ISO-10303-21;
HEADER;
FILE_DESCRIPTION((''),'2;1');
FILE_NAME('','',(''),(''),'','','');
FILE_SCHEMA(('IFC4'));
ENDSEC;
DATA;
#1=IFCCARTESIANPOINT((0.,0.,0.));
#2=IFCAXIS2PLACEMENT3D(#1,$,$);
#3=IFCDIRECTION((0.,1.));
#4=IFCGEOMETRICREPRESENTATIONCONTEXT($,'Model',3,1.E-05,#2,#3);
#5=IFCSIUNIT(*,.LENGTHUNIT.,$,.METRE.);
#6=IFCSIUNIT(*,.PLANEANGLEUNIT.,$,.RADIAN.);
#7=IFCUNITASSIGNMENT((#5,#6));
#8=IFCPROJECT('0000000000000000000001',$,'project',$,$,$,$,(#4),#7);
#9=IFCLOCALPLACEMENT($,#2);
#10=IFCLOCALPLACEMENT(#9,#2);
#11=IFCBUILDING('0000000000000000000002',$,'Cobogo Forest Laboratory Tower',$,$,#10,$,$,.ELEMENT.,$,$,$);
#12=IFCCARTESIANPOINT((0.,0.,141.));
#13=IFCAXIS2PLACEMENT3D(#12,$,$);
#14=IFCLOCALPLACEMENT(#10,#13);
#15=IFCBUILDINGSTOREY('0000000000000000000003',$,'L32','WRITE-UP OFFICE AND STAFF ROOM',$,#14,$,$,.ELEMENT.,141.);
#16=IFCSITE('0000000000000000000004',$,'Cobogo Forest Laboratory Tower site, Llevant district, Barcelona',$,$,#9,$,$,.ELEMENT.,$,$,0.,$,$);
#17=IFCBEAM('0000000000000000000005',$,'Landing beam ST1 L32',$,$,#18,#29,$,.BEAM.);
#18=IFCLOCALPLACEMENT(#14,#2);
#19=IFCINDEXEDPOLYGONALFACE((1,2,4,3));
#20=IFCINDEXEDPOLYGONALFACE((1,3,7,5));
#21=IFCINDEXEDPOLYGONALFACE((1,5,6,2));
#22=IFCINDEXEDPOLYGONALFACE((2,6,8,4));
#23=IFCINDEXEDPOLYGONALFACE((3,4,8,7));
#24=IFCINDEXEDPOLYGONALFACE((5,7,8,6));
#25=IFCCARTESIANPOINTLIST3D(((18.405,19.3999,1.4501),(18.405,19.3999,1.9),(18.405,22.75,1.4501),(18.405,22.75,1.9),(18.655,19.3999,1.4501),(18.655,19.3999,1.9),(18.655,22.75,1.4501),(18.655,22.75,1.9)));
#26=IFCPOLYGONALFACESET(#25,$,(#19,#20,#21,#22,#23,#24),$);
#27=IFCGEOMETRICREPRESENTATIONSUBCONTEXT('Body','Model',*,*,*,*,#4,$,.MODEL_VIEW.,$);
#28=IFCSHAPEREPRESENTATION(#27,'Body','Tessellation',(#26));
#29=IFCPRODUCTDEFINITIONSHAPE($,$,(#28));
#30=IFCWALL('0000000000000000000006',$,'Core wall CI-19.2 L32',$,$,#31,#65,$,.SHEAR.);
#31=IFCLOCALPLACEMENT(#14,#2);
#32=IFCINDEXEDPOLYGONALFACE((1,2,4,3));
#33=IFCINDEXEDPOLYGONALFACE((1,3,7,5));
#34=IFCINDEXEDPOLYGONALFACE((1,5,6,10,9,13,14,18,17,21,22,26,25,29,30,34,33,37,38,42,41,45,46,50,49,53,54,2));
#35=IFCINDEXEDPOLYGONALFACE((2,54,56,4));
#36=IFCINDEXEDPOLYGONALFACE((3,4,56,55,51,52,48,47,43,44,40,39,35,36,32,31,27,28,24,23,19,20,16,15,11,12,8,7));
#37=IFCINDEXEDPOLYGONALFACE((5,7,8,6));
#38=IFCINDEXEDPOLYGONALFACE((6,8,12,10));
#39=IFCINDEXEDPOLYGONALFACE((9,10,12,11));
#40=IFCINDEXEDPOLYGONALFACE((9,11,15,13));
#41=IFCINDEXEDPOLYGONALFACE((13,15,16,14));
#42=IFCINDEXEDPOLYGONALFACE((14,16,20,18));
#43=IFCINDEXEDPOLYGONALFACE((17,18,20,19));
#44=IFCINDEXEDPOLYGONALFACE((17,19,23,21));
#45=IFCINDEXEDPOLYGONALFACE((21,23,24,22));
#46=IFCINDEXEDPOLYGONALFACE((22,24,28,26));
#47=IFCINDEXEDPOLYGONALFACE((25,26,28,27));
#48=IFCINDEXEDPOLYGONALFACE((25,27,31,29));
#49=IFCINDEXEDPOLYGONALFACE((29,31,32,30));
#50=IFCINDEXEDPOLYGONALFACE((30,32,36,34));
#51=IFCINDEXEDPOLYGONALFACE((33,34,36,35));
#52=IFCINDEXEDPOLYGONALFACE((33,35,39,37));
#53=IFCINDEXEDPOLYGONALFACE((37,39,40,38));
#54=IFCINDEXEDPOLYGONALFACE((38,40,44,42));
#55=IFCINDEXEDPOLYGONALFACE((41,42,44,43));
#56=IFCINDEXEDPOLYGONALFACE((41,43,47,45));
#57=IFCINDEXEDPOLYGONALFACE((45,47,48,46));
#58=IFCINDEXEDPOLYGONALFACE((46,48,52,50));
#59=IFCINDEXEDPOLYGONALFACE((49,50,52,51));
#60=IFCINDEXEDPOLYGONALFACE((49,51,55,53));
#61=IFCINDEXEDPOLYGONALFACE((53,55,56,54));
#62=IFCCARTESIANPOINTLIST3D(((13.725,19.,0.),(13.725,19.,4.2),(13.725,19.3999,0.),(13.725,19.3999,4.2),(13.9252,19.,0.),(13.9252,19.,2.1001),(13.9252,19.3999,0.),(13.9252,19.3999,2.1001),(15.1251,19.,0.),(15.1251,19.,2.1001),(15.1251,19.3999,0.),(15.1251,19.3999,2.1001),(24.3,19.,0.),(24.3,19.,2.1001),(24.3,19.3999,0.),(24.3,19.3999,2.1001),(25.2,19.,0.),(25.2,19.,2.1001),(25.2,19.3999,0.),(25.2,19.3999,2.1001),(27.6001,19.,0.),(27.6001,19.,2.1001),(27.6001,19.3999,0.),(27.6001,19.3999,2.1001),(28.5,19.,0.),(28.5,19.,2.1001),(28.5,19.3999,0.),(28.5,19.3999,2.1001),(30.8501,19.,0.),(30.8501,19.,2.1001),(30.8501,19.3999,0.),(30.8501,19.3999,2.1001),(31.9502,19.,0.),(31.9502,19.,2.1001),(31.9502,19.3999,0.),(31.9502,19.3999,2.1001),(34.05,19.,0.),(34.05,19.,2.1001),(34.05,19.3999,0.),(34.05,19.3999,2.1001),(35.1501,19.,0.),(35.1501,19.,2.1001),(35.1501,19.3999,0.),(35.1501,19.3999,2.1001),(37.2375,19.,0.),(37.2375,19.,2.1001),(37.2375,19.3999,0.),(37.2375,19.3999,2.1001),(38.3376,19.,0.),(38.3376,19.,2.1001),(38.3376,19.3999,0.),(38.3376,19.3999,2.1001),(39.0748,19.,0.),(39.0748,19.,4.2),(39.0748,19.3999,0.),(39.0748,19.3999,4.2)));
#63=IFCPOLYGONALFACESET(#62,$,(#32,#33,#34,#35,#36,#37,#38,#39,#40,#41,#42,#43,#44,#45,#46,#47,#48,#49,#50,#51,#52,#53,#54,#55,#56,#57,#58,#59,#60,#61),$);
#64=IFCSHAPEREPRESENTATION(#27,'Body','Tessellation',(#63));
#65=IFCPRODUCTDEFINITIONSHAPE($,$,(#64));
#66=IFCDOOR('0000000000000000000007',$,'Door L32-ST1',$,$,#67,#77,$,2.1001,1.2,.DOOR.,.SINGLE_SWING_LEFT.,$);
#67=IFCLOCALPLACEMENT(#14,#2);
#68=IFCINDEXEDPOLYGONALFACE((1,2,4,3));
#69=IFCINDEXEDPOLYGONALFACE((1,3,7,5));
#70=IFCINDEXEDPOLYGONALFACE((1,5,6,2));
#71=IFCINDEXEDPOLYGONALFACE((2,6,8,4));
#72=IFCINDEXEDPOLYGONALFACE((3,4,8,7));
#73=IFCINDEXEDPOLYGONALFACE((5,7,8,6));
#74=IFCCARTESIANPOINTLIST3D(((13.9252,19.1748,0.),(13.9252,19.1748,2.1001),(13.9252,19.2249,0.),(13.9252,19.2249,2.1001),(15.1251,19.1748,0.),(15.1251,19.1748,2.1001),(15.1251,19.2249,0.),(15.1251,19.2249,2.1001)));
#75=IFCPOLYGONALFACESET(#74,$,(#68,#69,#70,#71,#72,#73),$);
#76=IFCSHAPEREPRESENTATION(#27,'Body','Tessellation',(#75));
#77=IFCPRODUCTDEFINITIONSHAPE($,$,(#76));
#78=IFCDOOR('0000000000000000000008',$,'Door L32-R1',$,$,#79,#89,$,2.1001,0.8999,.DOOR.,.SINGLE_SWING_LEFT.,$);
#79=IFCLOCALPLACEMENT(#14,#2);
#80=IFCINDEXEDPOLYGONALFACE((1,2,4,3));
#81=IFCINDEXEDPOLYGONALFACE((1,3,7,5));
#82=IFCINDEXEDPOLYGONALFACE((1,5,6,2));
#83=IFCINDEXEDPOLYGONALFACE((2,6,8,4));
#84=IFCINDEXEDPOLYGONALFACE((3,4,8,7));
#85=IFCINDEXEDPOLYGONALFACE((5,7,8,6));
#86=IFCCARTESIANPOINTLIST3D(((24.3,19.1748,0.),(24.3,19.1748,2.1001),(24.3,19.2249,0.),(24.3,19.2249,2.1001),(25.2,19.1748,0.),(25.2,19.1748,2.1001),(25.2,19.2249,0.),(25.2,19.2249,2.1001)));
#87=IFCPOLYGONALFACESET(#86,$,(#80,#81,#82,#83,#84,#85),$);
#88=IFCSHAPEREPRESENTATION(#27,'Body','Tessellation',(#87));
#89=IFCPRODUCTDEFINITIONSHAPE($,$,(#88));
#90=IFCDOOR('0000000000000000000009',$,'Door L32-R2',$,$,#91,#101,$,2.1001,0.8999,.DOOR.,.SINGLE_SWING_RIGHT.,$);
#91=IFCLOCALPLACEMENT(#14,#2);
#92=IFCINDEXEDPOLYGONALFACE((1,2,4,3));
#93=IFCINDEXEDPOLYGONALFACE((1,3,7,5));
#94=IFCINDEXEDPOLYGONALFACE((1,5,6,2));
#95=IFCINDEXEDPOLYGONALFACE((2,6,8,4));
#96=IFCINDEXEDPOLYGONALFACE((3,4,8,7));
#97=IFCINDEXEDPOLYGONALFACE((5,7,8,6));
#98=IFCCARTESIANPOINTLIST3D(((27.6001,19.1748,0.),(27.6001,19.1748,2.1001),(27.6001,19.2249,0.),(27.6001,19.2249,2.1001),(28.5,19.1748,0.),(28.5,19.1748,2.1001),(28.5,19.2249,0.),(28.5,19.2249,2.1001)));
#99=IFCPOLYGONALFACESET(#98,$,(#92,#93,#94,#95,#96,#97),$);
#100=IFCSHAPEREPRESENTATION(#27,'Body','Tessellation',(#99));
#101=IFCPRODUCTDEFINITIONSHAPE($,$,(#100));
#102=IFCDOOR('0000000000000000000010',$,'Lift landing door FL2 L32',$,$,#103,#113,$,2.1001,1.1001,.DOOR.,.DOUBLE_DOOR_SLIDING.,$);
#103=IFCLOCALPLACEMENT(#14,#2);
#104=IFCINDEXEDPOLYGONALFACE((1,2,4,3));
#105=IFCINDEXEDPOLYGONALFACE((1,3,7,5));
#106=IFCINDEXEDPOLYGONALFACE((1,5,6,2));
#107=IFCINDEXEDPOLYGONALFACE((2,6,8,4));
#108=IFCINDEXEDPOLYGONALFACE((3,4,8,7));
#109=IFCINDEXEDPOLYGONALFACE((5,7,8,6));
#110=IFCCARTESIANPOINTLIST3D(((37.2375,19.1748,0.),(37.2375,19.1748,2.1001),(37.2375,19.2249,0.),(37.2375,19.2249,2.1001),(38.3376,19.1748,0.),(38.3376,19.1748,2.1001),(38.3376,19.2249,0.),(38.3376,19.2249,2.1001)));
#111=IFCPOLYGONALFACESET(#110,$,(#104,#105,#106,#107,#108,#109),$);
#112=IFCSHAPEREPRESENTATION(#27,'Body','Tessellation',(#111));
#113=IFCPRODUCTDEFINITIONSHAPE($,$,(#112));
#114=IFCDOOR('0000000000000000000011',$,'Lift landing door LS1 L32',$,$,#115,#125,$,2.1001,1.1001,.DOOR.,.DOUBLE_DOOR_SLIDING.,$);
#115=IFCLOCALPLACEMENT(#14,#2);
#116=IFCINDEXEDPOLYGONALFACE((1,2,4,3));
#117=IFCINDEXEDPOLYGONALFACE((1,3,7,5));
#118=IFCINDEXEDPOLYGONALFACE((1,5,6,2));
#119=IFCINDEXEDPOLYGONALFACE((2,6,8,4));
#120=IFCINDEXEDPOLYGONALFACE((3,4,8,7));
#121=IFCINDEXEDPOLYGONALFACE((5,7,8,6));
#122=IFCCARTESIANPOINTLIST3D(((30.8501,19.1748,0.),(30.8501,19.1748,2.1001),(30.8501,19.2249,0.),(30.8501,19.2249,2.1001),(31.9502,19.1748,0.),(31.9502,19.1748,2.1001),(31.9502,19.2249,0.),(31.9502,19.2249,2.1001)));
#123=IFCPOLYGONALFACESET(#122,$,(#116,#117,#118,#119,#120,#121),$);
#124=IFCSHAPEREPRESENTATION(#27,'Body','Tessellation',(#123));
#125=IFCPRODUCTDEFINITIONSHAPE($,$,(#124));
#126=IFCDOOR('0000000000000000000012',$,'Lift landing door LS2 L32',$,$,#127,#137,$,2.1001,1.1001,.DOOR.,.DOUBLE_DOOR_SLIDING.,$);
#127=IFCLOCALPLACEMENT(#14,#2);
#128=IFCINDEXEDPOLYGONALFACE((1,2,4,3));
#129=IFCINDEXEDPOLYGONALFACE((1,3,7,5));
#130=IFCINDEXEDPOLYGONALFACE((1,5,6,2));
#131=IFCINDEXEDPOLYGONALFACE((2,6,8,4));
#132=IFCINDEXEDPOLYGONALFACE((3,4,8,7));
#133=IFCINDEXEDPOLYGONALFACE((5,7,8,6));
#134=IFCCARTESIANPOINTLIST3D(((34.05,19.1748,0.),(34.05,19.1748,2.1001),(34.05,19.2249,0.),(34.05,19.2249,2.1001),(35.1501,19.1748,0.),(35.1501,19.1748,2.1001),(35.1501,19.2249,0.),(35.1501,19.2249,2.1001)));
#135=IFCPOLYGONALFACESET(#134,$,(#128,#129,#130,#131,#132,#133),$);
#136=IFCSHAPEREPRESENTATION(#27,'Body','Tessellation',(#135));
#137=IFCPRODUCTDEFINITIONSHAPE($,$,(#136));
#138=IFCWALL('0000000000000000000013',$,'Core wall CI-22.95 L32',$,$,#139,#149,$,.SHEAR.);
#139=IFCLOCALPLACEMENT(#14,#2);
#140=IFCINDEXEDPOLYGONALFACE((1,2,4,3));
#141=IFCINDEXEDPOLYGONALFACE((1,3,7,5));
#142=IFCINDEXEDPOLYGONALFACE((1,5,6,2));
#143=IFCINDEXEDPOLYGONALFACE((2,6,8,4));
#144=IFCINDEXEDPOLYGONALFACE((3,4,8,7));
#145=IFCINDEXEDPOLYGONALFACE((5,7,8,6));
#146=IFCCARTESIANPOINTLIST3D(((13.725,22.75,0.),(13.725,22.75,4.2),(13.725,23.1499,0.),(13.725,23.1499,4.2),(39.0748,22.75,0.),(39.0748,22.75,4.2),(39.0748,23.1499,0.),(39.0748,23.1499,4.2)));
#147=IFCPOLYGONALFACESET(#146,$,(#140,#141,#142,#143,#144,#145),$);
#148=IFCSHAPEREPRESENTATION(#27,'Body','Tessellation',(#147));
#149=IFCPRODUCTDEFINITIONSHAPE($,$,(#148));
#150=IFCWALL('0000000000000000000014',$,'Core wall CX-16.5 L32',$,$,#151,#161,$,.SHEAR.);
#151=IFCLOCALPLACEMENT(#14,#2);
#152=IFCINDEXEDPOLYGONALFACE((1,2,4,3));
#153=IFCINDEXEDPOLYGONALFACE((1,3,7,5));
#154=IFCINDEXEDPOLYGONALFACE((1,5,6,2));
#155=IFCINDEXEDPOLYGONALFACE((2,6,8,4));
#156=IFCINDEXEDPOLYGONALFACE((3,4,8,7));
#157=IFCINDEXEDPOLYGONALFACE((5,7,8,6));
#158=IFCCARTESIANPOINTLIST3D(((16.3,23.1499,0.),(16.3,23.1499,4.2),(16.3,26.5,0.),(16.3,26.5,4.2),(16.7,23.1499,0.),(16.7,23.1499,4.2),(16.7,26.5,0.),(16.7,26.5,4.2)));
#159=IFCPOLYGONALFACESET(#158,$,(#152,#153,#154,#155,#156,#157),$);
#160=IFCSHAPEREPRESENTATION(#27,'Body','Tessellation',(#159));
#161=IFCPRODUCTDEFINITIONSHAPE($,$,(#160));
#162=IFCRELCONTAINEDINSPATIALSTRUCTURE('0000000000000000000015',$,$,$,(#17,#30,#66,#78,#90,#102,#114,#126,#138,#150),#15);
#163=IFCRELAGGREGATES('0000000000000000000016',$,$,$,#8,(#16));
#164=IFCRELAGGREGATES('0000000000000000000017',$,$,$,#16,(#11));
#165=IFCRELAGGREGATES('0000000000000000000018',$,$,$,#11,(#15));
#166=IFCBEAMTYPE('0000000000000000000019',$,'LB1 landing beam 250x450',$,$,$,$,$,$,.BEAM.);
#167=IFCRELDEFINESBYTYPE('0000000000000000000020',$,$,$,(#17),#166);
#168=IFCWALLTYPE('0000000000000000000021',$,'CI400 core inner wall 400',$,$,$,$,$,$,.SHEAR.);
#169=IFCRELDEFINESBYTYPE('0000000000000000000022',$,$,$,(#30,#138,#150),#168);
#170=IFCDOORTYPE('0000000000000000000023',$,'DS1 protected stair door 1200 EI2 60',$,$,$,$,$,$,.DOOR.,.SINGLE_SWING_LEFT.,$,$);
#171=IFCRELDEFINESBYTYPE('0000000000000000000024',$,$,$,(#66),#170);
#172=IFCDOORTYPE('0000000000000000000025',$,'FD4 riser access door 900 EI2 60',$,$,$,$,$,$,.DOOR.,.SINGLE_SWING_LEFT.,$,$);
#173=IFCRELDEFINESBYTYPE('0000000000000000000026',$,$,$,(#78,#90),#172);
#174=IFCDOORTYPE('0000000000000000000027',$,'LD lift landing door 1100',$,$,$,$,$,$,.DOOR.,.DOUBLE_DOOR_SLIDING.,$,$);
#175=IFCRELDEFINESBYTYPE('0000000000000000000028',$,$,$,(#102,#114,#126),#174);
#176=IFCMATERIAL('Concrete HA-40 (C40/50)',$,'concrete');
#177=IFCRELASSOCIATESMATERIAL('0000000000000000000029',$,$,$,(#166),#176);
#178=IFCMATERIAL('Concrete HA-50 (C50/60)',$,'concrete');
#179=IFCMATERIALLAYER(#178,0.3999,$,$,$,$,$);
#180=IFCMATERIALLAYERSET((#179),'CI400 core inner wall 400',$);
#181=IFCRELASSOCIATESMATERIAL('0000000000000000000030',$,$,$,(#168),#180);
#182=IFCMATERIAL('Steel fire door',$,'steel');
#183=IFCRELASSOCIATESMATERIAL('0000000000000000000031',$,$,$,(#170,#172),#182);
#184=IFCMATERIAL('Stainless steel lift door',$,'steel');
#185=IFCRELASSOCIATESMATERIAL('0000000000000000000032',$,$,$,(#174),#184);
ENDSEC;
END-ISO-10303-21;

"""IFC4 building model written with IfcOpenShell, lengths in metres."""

from ifc_helpers import new_model, si_unit, direction, frame, frame_2d, origin, origin_2d, place, context, subcontext, project, spatial, rectangle, extrude, material, layer, layer_set, material_profile, profile_set, type_object, element, fill, save


model = new_model("IFC4")

# Units and contexts
model_context = context("Model", 3, precision=1e-05, world=origin(), true_north=direction((0.0, 1.0)))
body_context = subcontext(model_context, "Body", "Model", "MODEL_VIEW")
ifc_project = project(units=[si_unit("LENGTHUNIT", "METRE"), si_unit("PLANEANGLEUNIT", "RADIAN")], contexts=[model_context])

# Site, building, storey
site_placement = place(None, origin())
site = spatial("IfcSite", under=ifc_project, at=site_placement, Name="Cobogo Forest Laboratory Tower site, Llevant district, Barcelona", CompositionType="ELEMENT", RefElevation=0.0)
building_placement = place(site_placement, origin())
building = spatial("IfcBuilding", under=site, at=building_placement, Name="Cobogo Forest Laboratory Tower", CompositionType="ELEMENT")
storey_placement = place(building_placement, frame((0.0, 0.0, 141.0)))
storey = spatial("IfcBuildingStorey", under=building, at=storey_placement, Name="L32", Description="WRITE-UP OFFICE AND STAFF ROOM", CompositionType="ELEMENT", Elevation=141.0)

# Beam
ifc_material_1 = material(Name="Concrete HA-40 (C40/50)", Category="concrete")
ifc_material_profile = material_profile(ifc_material_1, rectangle(XDim=0.25, YDim=0.45, at=origin_2d()), Name="RC 250x450")
ifc_profile_set = profile_set([ifc_material_profile], Name="Concrete HA-40 (C40/50)")
beam_type = type_object("IfcBeamType", Name="LB1 landing beam 250x450", PredefinedType="BEAM", material=ifc_profile_set)
beam_placement = place(storey_placement, frame((18.53, 19.3999, 1.675), z_axis=(0.0, 1.0, 0.0), x_axis=(-1.0, 0.0, 0.0)))
element("IfcBeam", 1, at=beam_placement, inside=storey, type_object=beam_type, Name="Landing beam ST1 L32", PredefinedType="BEAM", context=body_context, shape_type="SweptSolid", body=[
    extrude(rectangle(XDim=0.25, YDim=0.45, at=origin_2d()), origin(), (0.0, 0.0, 1.0), 3.3501),
])

# Wall, openings, doors
ifc_material_2 = material(Name="Concrete HA-50 (C50/60)", Category="concrete")
ifc_layer_1 = layer(ifc_material_2, 0.3999)
ifc_layer_set_1 = layer_set([ifc_layer_1], Name="CI400 core inner wall 400")
wall_type_1 = type_object("IfcWallType", Name="CI400 core inner wall 400", PredefinedType="SHEAR", material=ifc_layer_set_1)
wall_1_placement = place(storey_placement, frame((13.7251, 19.2, 0.0), z_axis=(0.0, 0.0, 1.0), x_axis=(1.0, 0.0, 0.0)))
wall_1 = element("IfcWall", 2, at=wall_1_placement, inside=storey, type_object=wall_type_1, Name="Core wall CI-19.2 L32", PredefinedType="SHEAR", context=body_context, shape_type="SweptSolid", body=[
    extrude(rectangle(XDim=25.3499, YDim=0.3999, at=frame_2d((12.6748, 0.0))), origin(), (0.0, 0.0, 1.0), 4.2),
])
opening_1_placement = place(wall_1_placement, frame((10.575, 0.0, 0.0)))
opening_1 = element("IfcOpeningElement", 3, at=opening_1_placement, cuts=wall_1, PredefinedType="OPENING", context=body_context, shape_type="SweptSolid", body=[
    extrude(rectangle(XDim=0.8999, YDim=2.1001, at=frame_2d((0.45, 1.05))), frame((0.0, 0.21, 0.0), z_axis=(0.0, -1.0, 0.0), x_axis=(1.0, 0.0, 0.0)), (0.0, 0.0, 1.0), 0.4199),
])
opening_2_placement = place(wall_1_placement, frame((13.875, 0.0, 0.0)))
opening_2 = element("IfcOpeningElement", 4, at=opening_2_placement, cuts=wall_1, PredefinedType="OPENING", context=body_context, shape_type="SweptSolid", body=[
    extrude(rectangle(XDim=0.8999, YDim=2.1001, at=frame_2d((0.45, 1.05))), frame((0.0, 0.21, 0.0), z_axis=(0.0, -1.0, 0.0), x_axis=(1.0, 0.0, 0.0)), (0.0, 0.0, 1.0), 0.4199),
])
opening_3_placement = place(wall_1_placement, frame((0.2, 0.0, 0.0)))
opening_3 = element("IfcOpeningElement", 5, at=opening_3_placement, cuts=wall_1, PredefinedType="OPENING", context=body_context, shape_type="SweptSolid", body=[
    extrude(rectangle(XDim=1.2, YDim=2.1001, at=frame_2d((0.6001, 1.05))), frame((0.0, 0.21, 0.0), z_axis=(0.0, -1.0, 0.0), x_axis=(1.0, 0.0, 0.0)), (0.0, 0.0, 1.0), 0.4199),
])
opening_4_placement = place(wall_1_placement, frame((23.5125, 0.0, 0.0)))
opening_4 = element("IfcOpeningElement", 6, at=opening_4_placement, cuts=wall_1, PredefinedType="OPENING", context=body_context, shape_type="SweptSolid", body=[
    extrude(rectangle(XDim=1.1001, YDim=2.1001, at=frame_2d((0.55, 1.05))), frame((0.0, 0.21, 0.0), z_axis=(0.0, -1.0, 0.0), x_axis=(1.0, 0.0, 0.0)), (0.0, 0.0, 1.0), 0.4199),
])
opening_5_placement = place(wall_1_placement, frame((17.125, 0.0, 0.0)))
opening_5 = element("IfcOpeningElement", 7, at=opening_5_placement, cuts=wall_1, PredefinedType="OPENING", context=body_context, shape_type="SweptSolid", body=[
    extrude(rectangle(XDim=1.1001, YDim=2.1001, at=frame_2d((0.55, 1.05))), frame((0.0, 0.21, 0.0), z_axis=(0.0, -1.0, 0.0), x_axis=(1.0, 0.0, 0.0)), (0.0, 0.0, 1.0), 0.4199),
])
opening_6_placement = place(wall_1_placement, frame((20.325, 0.0, 0.0)))
opening_6 = element("IfcOpeningElement", 8, at=opening_6_placement, cuts=wall_1, PredefinedType="OPENING", context=body_context, shape_type="SweptSolid", body=[
    extrude(rectangle(XDim=1.1001, YDim=2.1001, at=frame_2d((0.55, 1.05))), frame((0.0, 0.21, 0.0), z_axis=(0.0, -1.0, 0.0), x_axis=(1.0, 0.0, 0.0)), (0.0, 0.0, 1.0), 0.4199),
])
ifc_material_3 = material(Name="Steel fire door", Category="steel")
door_type_1 = type_object("IfcDoorType", Name="DS1 protected stair door 1200 EI2 60", OperationType="SINGLE_SWING_LEFT", PredefinedType="DOOR", material=ifc_material_3)
door_1_placement = place(opening_3_placement, origin())
door_1 = element("IfcDoor", 9, at=door_1_placement, inside=storey, type_object=door_type_1, Name="Door L32-ST1", OperationType="SINGLE_SWING_LEFT", OverallHeight=2.1001, OverallWidth=1.2, PredefinedType="DOOR", context=body_context, shape_type="SweptSolid", body=[
    extrude(rectangle(XDim=1.2, YDim=2.1001, at=frame_2d((0.6001, 1.05))), frame((0.0, 0.0249, 0.0), z_axis=(0.0, -1.0, 0.0), x_axis=(1.0, 0.0, 0.0)), (0.0, 0.0, 1.0), 0.05),
])
fill(opening_3, door_1)
door_type_2 = type_object("IfcDoorType", Name="FD4 riser access door 900 EI2 60", OperationType="SINGLE_SWING_LEFT", PredefinedType="DOOR", material=ifc_material_3)
door_2_placement = place(opening_1_placement, origin())
door_2 = element("IfcDoor", 10, at=door_2_placement, inside=storey, type_object=door_type_2, Name="Door L32-R1", OperationType="SINGLE_SWING_LEFT", OverallHeight=2.1001, OverallWidth=0.8999, PredefinedType="DOOR", context=body_context, shape_type="SweptSolid", body=[
    extrude(rectangle(XDim=0.8999, YDim=2.1001, at=frame_2d((0.45, 1.05))), frame((0.0, 0.0249, 0.0), z_axis=(0.0, -1.0, 0.0), x_axis=(1.0, 0.0, 0.0)), (0.0, 0.0, 1.0), 0.05),
])
fill(opening_1, door_2)
door_3_placement = place(opening_2_placement, origin())
door_3 = element("IfcDoor", 11, at=door_3_placement, inside=storey, type_object=door_type_2, Name="Door L32-R2", OperationType="SINGLE_SWING_RIGHT", OverallHeight=2.1001, OverallWidth=0.8999, PredefinedType="DOOR", context=body_context, shape_type="SweptSolid", body=[
    extrude(rectangle(XDim=0.8999, YDim=2.1001, at=frame_2d((0.45, 1.05))), frame((0.0, 0.0249, 0.0), z_axis=(0.0, -1.0, 0.0), x_axis=(1.0, 0.0, 0.0)), (0.0, 0.0, 1.0), 0.05),
])
fill(opening_2, door_3)
ifc_material_4 = material(Name="Stainless steel lift door", Category="steel")
door_type_3 = type_object("IfcDoorType", Name="LD lift landing door 1100", OperationType="DOUBLE_DOOR_SLIDING", PredefinedType="DOOR", material=ifc_material_4)
door_4_placement = place(opening_4_placement, origin())
door_4 = element("IfcDoor", 12, at=door_4_placement, inside=storey, type_object=door_type_3, Name="Lift landing door FL2 L32", OperationType="DOUBLE_DOOR_SLIDING", OverallHeight=2.1001, OverallWidth=1.1001, PredefinedType="DOOR", context=body_context, shape_type="SweptSolid", body=[
    extrude(rectangle(XDim=1.1001, YDim=2.1001, at=frame_2d((0.55, 1.05))), frame((0.0, 0.0249, 0.0), z_axis=(0.0, -1.0, 0.0), x_axis=(1.0, 0.0, 0.0)), (0.0, 0.0, 1.0), 0.05),
])
fill(opening_4, door_4)
door_5_placement = place(opening_5_placement, origin())
door_5 = element("IfcDoor", 13, at=door_5_placement, inside=storey, type_object=door_type_3, Name="Lift landing door LS1 L32", OperationType="DOUBLE_DOOR_SLIDING", OverallHeight=2.1001, OverallWidth=1.1001, PredefinedType="DOOR", context=body_context, shape_type="SweptSolid", body=[
    extrude(rectangle(XDim=1.1001, YDim=2.1001, at=frame_2d((0.55, 1.05))), frame((0.0, 0.0249, 0.0), z_axis=(0.0, -1.0, 0.0), x_axis=(1.0, 0.0, 0.0)), (0.0, 0.0, 1.0), 0.05),
])
fill(opening_5, door_5)
door_6_placement = place(opening_6_placement, origin())
door_6 = element("IfcDoor", 14, at=door_6_placement, inside=storey, type_object=door_type_3, Name="Lift landing door LS2 L32", OperationType="DOUBLE_DOOR_SLIDING", OverallHeight=2.1001, OverallWidth=1.1001, PredefinedType="DOOR", context=body_context, shape_type="SweptSolid", body=[
    extrude(rectangle(XDim=1.1001, YDim=2.1001, at=frame_2d((0.55, 1.05))), frame((0.0, 0.0249, 0.0), z_axis=(0.0, -1.0, 0.0), x_axis=(1.0, 0.0, 0.0)), (0.0, 0.0, 1.0), 0.05),
])
fill(opening_6, door_6)

# Walls
wall_2_placement = place(storey_placement, frame((13.7251, 22.95, 0.0), z_axis=(0.0, 0.0, 1.0), x_axis=(1.0, 0.0, 0.0)))
element("IfcWall", 15, at=wall_2_placement, inside=storey, type_object=wall_type_1, Name="Core wall CI-22.95 L32", PredefinedType="SHEAR", context=body_context, shape_type="SweptSolid", body=[
    extrude(rectangle(XDim=25.3499, YDim=0.3999, at=frame_2d((12.6748, 0.0))), origin(), (0.0, 0.0, 1.0), 4.2),
])
wall_3_placement = place(storey_placement, frame((16.5, 23.1499, 0.0), z_axis=(0.0, 0.0, 1.0), x_axis=(0.0, 1.0, 0.0)))
element("IfcWall", 16, at=wall_3_placement, inside=storey, type_object=wall_type_1, Name="Core wall CX-16.5 L32", PredefinedType="SHEAR", context=body_context, shape_type="SweptSolid", body=[
    extrude(rectangle(XDim=3.3501, YDim=0.3999, at=frame_2d((1.675, 0.0))), origin(), (0.0, 0.0, 1.0), 4.2),
])

save(model, "model.ifc")
